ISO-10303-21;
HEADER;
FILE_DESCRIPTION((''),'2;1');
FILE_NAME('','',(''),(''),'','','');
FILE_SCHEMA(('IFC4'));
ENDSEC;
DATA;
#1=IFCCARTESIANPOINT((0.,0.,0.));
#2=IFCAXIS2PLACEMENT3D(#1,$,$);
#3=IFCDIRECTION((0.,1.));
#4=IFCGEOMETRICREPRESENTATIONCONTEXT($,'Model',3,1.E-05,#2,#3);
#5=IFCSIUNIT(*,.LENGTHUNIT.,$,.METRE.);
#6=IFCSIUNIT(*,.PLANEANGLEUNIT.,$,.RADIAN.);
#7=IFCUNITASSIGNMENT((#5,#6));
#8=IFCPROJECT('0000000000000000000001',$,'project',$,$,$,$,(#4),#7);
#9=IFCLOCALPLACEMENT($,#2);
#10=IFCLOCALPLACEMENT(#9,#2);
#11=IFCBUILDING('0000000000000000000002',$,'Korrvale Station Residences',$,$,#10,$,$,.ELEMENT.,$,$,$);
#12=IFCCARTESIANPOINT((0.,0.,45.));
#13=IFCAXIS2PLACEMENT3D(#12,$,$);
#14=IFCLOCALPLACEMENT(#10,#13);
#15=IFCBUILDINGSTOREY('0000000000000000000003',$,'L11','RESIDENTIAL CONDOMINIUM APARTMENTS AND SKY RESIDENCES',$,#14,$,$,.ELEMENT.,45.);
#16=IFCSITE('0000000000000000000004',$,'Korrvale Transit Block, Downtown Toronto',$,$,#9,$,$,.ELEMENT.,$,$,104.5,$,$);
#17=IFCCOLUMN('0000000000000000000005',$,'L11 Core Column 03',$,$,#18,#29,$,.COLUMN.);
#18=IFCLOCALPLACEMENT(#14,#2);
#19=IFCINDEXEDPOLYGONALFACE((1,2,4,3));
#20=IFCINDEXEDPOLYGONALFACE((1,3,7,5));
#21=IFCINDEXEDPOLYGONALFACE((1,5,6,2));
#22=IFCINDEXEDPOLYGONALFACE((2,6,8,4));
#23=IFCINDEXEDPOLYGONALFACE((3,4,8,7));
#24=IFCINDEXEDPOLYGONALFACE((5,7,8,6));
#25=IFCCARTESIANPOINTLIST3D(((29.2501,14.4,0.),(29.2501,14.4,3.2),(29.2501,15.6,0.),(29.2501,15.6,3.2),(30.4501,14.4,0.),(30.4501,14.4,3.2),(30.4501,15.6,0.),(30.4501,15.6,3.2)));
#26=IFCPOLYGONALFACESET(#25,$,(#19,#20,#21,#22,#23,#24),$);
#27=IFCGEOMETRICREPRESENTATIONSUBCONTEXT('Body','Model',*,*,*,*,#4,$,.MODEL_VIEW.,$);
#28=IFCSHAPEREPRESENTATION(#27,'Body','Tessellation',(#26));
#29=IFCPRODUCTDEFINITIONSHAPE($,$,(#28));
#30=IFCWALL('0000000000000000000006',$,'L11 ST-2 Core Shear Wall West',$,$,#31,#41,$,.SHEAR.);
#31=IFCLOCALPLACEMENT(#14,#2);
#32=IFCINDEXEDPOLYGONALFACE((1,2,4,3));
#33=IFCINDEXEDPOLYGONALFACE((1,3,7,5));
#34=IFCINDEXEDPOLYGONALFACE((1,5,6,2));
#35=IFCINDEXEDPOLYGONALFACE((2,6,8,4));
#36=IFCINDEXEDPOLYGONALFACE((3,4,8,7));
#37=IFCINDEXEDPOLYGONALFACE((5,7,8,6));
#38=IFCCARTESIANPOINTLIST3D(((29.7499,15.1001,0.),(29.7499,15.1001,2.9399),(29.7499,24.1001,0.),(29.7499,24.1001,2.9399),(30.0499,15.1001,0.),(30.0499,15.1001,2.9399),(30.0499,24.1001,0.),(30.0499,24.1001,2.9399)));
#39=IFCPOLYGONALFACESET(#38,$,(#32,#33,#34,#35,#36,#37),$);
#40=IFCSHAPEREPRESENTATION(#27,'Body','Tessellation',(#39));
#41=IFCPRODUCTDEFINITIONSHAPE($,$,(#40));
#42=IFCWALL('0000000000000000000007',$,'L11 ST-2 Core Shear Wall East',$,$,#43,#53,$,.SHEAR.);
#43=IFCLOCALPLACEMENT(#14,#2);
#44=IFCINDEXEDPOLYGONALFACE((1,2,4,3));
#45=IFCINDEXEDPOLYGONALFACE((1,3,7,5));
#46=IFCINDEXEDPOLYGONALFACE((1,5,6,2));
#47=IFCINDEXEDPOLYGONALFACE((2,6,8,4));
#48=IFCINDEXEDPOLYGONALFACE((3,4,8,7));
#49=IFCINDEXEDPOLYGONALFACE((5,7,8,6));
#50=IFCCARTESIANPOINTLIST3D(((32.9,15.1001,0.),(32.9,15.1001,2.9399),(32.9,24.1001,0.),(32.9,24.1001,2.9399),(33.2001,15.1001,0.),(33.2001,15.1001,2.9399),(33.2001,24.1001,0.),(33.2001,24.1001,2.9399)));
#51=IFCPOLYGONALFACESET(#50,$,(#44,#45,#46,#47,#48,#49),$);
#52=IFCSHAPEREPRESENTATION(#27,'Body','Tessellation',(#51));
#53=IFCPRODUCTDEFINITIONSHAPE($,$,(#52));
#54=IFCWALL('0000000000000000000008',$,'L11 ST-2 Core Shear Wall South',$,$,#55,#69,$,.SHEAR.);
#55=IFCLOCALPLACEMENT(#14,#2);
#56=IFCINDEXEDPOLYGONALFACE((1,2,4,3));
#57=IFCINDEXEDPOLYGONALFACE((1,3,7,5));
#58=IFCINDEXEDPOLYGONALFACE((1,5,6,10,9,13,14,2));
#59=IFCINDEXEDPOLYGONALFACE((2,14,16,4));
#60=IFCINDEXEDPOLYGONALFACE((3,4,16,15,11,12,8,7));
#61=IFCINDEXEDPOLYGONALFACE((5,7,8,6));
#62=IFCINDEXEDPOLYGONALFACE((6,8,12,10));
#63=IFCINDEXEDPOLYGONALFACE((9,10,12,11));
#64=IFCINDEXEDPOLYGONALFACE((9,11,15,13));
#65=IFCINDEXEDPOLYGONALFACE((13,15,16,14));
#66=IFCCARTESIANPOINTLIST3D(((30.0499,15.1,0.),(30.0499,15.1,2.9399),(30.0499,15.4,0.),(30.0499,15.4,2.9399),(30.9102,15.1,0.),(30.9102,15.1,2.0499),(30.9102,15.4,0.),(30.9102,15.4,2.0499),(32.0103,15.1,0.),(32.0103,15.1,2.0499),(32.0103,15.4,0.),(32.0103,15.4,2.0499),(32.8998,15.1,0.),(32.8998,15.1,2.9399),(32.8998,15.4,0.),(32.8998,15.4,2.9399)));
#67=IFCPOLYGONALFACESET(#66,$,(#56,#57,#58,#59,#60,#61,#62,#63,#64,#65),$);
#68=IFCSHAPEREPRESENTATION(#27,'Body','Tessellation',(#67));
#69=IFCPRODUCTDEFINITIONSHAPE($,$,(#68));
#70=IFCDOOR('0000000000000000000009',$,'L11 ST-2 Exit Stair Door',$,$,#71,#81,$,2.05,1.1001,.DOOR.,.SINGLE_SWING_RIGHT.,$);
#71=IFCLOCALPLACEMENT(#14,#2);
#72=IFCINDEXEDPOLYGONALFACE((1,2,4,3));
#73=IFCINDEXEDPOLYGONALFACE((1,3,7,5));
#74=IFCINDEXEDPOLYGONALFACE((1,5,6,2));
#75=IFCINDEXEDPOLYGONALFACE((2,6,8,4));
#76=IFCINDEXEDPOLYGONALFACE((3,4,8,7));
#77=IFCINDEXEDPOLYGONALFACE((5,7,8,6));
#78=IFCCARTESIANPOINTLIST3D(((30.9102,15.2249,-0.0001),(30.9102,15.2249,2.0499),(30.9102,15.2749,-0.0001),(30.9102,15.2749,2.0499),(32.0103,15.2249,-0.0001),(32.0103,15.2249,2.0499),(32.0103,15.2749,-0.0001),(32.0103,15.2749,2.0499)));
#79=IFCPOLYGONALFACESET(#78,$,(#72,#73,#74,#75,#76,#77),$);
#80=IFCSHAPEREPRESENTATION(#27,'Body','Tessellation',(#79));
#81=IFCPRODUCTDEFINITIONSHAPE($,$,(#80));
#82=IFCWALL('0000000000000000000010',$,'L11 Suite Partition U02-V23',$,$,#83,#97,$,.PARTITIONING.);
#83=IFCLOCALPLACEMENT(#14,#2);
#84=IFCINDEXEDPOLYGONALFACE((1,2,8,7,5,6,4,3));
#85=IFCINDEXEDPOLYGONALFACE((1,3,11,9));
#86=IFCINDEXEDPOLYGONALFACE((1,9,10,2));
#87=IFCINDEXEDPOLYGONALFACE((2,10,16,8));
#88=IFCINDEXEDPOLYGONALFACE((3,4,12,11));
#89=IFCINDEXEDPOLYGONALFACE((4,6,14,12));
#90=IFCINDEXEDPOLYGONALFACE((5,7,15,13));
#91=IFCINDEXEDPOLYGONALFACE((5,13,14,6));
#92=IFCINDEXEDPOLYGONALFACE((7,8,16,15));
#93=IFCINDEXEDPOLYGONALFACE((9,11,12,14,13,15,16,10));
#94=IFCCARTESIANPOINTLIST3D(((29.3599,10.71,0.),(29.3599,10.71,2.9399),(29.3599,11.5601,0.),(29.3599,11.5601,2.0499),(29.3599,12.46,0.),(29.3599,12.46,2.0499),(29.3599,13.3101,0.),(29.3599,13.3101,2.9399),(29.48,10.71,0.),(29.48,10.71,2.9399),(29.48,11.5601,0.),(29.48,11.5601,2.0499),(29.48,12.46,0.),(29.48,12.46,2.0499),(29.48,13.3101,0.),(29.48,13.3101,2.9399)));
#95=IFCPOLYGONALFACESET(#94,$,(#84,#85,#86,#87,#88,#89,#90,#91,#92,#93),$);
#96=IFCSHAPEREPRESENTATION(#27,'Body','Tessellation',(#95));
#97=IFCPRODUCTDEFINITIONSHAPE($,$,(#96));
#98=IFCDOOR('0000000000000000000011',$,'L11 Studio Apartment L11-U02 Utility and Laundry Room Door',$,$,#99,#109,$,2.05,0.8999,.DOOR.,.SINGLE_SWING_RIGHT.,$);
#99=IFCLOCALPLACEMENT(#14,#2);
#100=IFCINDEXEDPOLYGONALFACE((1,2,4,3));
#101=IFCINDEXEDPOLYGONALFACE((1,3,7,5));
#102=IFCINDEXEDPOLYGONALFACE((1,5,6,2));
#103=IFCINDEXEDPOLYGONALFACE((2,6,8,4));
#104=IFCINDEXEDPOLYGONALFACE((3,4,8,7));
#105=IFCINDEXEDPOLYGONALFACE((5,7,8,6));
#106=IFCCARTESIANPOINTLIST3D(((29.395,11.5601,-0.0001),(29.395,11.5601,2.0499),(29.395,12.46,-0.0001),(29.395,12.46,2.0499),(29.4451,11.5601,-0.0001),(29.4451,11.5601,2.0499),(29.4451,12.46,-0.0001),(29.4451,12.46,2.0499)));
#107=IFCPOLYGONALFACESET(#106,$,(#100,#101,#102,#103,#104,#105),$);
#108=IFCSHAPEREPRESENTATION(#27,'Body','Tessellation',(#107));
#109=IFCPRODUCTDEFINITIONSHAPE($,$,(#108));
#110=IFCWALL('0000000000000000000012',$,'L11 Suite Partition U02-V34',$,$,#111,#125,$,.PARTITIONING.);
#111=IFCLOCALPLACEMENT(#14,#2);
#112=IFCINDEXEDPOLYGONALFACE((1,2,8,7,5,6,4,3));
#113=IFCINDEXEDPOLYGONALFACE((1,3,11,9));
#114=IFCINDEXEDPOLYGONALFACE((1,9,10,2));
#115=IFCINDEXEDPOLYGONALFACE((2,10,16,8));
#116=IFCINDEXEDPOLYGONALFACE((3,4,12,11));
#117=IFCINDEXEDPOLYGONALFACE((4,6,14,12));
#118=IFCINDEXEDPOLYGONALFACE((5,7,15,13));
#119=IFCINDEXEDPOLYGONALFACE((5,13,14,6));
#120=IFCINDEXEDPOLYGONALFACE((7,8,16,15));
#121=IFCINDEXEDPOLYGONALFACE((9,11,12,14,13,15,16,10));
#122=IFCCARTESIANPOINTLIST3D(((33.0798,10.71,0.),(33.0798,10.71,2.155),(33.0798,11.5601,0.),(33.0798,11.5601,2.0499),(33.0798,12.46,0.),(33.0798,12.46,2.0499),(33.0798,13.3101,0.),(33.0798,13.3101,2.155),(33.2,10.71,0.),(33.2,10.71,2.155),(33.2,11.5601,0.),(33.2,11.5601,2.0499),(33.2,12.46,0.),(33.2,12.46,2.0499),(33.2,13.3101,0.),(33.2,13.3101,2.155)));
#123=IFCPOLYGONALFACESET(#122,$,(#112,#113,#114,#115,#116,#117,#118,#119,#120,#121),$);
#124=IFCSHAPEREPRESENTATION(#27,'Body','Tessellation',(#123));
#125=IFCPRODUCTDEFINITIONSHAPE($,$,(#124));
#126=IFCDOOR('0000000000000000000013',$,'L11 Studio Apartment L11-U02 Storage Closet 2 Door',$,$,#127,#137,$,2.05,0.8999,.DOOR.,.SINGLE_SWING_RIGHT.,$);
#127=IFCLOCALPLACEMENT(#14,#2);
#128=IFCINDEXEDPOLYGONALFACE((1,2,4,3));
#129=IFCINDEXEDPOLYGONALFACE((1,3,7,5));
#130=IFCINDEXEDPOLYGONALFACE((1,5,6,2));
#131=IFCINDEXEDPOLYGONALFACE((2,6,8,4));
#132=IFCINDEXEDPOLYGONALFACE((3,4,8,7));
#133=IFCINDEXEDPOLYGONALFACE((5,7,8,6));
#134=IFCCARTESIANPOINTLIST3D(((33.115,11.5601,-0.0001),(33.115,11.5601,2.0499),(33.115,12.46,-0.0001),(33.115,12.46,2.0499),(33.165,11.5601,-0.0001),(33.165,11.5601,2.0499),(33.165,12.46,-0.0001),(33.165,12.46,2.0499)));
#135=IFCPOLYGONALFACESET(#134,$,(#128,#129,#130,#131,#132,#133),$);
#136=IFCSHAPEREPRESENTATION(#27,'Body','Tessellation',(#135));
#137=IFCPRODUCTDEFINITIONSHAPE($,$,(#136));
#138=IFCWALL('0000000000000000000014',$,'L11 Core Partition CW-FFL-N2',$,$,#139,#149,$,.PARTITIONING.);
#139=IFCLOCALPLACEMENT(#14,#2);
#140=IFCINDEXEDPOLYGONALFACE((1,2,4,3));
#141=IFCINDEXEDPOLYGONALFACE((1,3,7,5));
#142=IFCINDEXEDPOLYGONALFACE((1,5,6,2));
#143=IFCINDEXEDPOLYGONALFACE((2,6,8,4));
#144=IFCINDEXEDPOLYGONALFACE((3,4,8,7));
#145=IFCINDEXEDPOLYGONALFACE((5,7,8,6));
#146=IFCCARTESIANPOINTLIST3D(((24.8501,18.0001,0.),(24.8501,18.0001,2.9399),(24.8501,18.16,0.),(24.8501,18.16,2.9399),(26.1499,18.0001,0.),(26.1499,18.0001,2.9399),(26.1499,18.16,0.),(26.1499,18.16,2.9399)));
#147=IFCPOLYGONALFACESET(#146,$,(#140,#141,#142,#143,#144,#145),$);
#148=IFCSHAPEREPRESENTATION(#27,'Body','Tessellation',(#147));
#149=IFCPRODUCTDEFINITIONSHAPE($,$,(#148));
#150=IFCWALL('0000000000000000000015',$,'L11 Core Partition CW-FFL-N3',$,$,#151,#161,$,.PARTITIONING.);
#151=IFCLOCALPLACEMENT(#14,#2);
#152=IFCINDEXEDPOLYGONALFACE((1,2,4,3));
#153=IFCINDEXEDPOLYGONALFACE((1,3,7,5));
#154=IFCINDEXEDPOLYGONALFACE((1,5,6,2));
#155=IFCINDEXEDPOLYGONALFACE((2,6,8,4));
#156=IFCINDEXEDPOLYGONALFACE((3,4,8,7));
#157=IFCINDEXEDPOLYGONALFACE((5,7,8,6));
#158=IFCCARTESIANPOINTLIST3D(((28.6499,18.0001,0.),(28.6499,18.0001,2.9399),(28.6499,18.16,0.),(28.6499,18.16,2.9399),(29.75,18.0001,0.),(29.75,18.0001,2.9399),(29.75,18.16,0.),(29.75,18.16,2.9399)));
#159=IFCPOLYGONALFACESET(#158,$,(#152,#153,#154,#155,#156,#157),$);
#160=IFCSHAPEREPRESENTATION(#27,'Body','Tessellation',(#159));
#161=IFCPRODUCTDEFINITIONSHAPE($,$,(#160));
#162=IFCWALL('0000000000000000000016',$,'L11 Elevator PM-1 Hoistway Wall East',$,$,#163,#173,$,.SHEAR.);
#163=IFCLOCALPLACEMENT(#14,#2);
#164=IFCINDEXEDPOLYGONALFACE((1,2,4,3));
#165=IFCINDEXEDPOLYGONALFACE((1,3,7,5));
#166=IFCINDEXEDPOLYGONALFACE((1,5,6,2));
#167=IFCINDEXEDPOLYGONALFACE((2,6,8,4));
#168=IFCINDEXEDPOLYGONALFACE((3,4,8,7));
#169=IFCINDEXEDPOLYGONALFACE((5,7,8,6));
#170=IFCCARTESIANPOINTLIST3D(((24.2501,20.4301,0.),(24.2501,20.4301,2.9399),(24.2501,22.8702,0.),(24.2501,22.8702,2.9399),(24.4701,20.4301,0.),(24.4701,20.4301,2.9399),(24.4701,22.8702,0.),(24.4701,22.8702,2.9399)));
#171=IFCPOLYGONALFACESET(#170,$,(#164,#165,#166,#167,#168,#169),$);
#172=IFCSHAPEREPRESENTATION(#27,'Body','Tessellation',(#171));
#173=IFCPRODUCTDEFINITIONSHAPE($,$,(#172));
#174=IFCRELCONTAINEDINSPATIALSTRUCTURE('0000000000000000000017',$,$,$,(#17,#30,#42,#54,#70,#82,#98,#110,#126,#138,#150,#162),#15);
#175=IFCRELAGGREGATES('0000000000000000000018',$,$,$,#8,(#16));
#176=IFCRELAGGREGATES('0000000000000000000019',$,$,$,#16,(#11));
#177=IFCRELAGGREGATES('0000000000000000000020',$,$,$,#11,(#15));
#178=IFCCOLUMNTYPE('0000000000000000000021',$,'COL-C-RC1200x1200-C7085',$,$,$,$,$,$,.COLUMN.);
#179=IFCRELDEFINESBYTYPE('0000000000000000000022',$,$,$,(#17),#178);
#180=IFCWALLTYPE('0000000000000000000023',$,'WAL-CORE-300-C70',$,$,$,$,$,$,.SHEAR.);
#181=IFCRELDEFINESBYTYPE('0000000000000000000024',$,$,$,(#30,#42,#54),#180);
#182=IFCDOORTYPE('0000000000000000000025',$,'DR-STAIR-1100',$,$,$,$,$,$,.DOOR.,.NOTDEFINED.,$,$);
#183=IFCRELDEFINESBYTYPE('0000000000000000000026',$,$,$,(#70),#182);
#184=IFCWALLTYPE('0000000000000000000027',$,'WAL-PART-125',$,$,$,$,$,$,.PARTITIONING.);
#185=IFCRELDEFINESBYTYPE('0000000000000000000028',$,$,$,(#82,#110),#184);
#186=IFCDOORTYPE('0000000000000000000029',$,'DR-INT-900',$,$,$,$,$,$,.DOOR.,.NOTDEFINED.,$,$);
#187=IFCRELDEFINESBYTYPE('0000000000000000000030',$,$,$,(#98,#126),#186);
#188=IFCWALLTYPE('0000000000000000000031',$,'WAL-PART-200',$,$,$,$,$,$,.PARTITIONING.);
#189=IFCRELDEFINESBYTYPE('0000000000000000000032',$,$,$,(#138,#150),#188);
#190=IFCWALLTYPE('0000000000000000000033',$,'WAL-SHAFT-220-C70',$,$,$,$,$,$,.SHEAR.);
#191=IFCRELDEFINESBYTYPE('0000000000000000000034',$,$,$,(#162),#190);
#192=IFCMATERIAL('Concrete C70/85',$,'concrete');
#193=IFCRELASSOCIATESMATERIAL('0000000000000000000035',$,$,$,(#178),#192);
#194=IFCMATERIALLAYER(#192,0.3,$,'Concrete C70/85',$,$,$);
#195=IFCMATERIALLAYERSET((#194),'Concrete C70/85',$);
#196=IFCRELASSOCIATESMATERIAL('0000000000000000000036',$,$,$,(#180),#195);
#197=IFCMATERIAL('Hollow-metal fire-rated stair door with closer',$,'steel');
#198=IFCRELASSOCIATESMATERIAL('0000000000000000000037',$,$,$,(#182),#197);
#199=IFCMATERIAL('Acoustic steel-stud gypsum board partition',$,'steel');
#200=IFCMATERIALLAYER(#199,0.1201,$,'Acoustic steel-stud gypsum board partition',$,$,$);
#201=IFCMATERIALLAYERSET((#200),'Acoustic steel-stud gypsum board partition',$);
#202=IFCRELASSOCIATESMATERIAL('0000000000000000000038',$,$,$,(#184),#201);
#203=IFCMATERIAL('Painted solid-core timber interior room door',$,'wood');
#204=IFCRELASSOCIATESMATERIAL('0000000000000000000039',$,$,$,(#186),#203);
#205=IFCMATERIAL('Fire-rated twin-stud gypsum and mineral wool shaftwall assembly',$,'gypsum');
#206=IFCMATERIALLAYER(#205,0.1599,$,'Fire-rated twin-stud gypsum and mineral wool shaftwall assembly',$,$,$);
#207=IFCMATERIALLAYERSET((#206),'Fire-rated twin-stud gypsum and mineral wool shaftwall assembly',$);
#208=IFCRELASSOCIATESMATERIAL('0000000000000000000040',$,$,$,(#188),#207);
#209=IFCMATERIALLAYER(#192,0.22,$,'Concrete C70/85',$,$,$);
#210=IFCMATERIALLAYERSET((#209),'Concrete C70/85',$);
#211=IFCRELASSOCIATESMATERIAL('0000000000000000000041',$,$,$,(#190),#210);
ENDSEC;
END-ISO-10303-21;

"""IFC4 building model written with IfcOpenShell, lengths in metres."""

from ifc_helpers import new_model, si_unit, direction, frame, frame_2d, origin, origin_2d, place, context, subcontext, project, spatial, rectangle, extrude, material, layer, layer_set, material_profile, profile_set, type_object, element, fill, save


model = new_model("IFC4")

# Units and contexts
model_context = context("Model", 3, precision=1e-05, world=origin(), true_north=direction((0.0, 1.0)))
body_context = subcontext(model_context, "Body", "Model", "MODEL_VIEW")
ifc_project = project(units=[si_unit("LENGTHUNIT", "METRE"), si_unit("PLANEANGLEUNIT", "RADIAN")], contexts=[model_context])

# Site, building, storey
site_placement = place(None, origin())
site = spatial("IfcSite", under=ifc_project, at=site_placement, Name="Korrvale Transit Block, Downtown Toronto", CompositionType="ELEMENT", RefElevation=104.5)
building_placement = place(site_placement, origin())
building = spatial("IfcBuilding", under=site, at=building_placement, Name="Korrvale Station Residences", CompositionType="ELEMENT")
storey_placement = place(building_placement, frame((0.0, 0.0, 45.0)))
storey = spatial("IfcBuildingStorey", under=building, at=storey_placement, Name="L11", Description="RESIDENTIAL CONDOMINIUM APARTMENTS AND SKY RESIDENCES", CompositionType="ELEMENT", Elevation=45.0)

# Column
ifc_material_1 = material(Name="Concrete C70/85", Category="concrete")
ifc_material_profile = material_profile(ifc_material_1, rectangle(XDim=1.2, YDim=1.2, at=origin_2d()), Name="RC1200x1200")
ifc_profile_set = profile_set([ifc_material_profile], Name="Concrete C70/85")
column_type = type_object("IfcColumnType", Name="COL-C-RC1200x1200-C7085", PredefinedType="COLUMN", material=ifc_profile_set)
column_placement = place(storey_placement, frame((29.8501, 15.0, 0.0), z_axis=(0.0, 0.0, 1.0), x_axis=(1.0, 0.0, 0.0)))
element("IfcColumn", 1, at=column_placement, inside=storey, type_object=column_type, Name="L11 Core Column 03", PredefinedType="COLUMN", context=body_context, shape_type="SweptSolid", body=[
    extrude(rectangle(XDim=1.2, YDim=1.2, at=origin_2d()), origin(), (0.0, 0.0, 1.0), 3.2),
])

# Walls
ifc_layer_1 = layer(ifc_material_1, 0.3, Name="Concrete C70/85")
ifc_layer_set_1 = layer_set([ifc_layer_1], Name="Concrete C70/85")
wall_type_1 = type_object("IfcWallType", Name="WAL-CORE-300-C70", PredefinedType="SHEAR", material=ifc_layer_set_1)
for number, where, z_axis, x_axis, name in (
    (2, (29.8999, 15.1001, 0.0), (0.0, 0.0, 1.0), (0.0, 1.0, 0.0), "L11 ST-2 Core Shear Wall West"),
    (3, (33.05, 15.1001, 0.0), (0.0, 0.0, 1.0), (0.0, 1.0, 0.0), "L11 ST-2 Core Shear Wall East"),
):
    element("IfcWall", number, at=place(storey_placement, frame(where, z_axis=z_axis, x_axis=x_axis)), inside=storey, type_object=wall_type_1, Name=name, PredefinedType="SHEAR", context=body_context, shape_type="SweptSolid", body=[
        extrude(rectangle(XDim=9.0, YDim=0.3, at=frame_2d((4.5, 0.0))), origin(), (0.0, 0.0, 1.0), 2.9399),
    ])

# Walls, openings, doors
wall_1_placement = place(storey_placement, frame((30.05, 15.25, 0.0), z_axis=(0.0, 0.0, 1.0), x_axis=(1.0, 0.0, 0.0)))
wall_1 = element("IfcWall", 4, at=wall_1_placement, inside=storey, type_object=wall_type_1, Name="L11 ST-2 Core Shear Wall South", PredefinedType="SHEAR", context=body_context, shape_type="SweptSolid", body=[
    extrude(rectangle(XDim=2.8499, YDim=0.3, at=frame_2d((1.4248, 0.0))), origin(), (0.0, 0.0, 1.0), 2.9399),
])
opening_1_placement = place(wall_1_placement, frame((0.8601, 0.0, 0.0)))
opening_1 = element("IfcOpeningElement", 5, at=opening_1_placement, cuts=wall_1, PredefinedType="OPENING", context=body_context, shape_type="SweptSolid", body=[
    extrude(rectangle(XDim=1.1001, YDim=2.05, at=frame_2d((0.55, 1.0249))), frame((0.0, 0.1602, 0.0), z_axis=(0.0, -1.0, 0.0), x_axis=(1.0, 0.0, 0.0)), (0.0, 0.0, 1.0), 0.3201),
])
ifc_material_2 = material(Name="Hollow-metal fire-rated stair door with closer", Category="steel")
door_type_1 = type_object("IfcDoorType", Name="DR-STAIR-1100", OperationType="NOTDEFINED", PredefinedType="DOOR", material=ifc_material_2)
door_1_placement = place(opening_1_placement, origin())
door_1 = element("IfcDoor", 6, at=door_1_placement, inside=storey, type_object=door_type_1, Name="L11 ST-2 Exit Stair Door", OperationType="SINGLE_SWING_RIGHT", OverallHeight=2.05, OverallWidth=1.1001, PredefinedType="DOOR", context=body_context, shape_type="SweptSolid", body=[
    extrude(rectangle(XDim=1.1001, YDim=2.05, at=frame_2d((0.55, 1.0249))), frame((0.0, 0.0249, 0.0), z_axis=(0.0, -1.0, 0.0), x_axis=(1.0, 0.0, 0.0)), (0.0, 0.0, 1.0), 0.05),
])
fill(opening_1, door_1)
ifc_material_3 = material(Name="Acoustic steel-stud gypsum board partition", Category="steel")
ifc_layer_2 = layer(ifc_material_3, 0.1201, Name="Acoustic steel-stud gypsum board partition")
ifc_layer_set_2 = layer_set([ifc_layer_2], Name="Acoustic steel-stud gypsum board partition")
wall_type_2 = type_object("IfcWallType", Name="WAL-PART-125", PredefinedType="PARTITIONING", material=ifc_layer_set_2)
wall_2_placement = place(storey_placement, frame((29.4199, 10.71, 0.0), z_axis=(0.0, 0.0, 1.0), x_axis=(0.0, 1.0, 0.0)))
wall_2 = element("IfcWall", 7, at=wall_2_placement, inside=storey, type_object=wall_type_2, Name="L11 Suite Partition U02-V23", PredefinedType="PARTITIONING", context=body_context, shape_type="SweptSolid", body=[
    extrude(rectangle(XDim=2.6001, YDim=0.1201, at=frame_2d((1.3, 0.0))), origin(), (0.0, 0.0, 1.0), 2.9399),
])
opening_2_placement = place(wall_2_placement, frame((0.8501, 0.0, 0.0)))
opening_2 = element("IfcOpeningElement", 8, at=opening_2_placement, cuts=wall_2, PredefinedType="OPENING", context=body_context, shape_type="SweptSolid", body=[
    extrude(rectangle(XDim=0.8999, YDim=2.05, at=frame_2d((0.45, 1.0249))), frame((0.0, 0.0701, 0.0), z_axis=(0.0, -1.0, 0.0), x_axis=(1.0, 0.0, 0.0)), (0.0, 0.0, 1.0), 0.1401),
])
ifc_material_4 = material(Name="Painted solid-core timber interior room door", Category="wood")
door_type_2 = type_object("IfcDoorType", Name="DR-INT-900", OperationType="NOTDEFINED", PredefinedType="DOOR", material=ifc_material_4)
door_2_placement = place(opening_2_placement, origin())
door_2 = element("IfcDoor", 9, at=door_2_placement, inside=storey, type_object=door_type_2, Name="L11 Studio Apartment L11-U02 Utility and Laundry Room Door", OperationType="SINGLE_SWING_RIGHT", OverallHeight=2.05, OverallWidth=0.8999, PredefinedType="DOOR", context=body_context, shape_type="SweptSolid", body=[
    extrude(rectangle(XDim=0.8999, YDim=2.05, at=frame_2d((0.45, 1.0249))), frame((0.0, 0.0249, 0.0), z_axis=(0.0, -1.0, 0.0), x_axis=(1.0, 0.0, 0.0)), (0.0, 0.0, 1.0), 0.05),
])
fill(opening_2, door_2)
wall_3_placement = place(storey_placement, frame((33.1399, 10.71, 0.0), z_axis=(0.0, 0.0, 1.0), x_axis=(0.0, 1.0, 0.0)))
wall_3 = element("IfcWall", 10, at=wall_3_placement, inside=storey, type_object=wall_type_2, Name="L11 Suite Partition U02-V34", PredefinedType="PARTITIONING", context=body_context, shape_type="SweptSolid", body=[
    extrude(rectangle(XDim=2.6001, YDim=0.1201, at=frame_2d((1.3, 0.0))), origin(), (0.0, 0.0, 1.0), 2.155),
])
opening_3_placement = place(wall_3_placement, frame((0.8501, 0.0, 0.0)))
opening_3 = element("IfcOpeningElement", 11, at=opening_3_placement, cuts=wall_3, PredefinedType="OPENING", context=body_context, shape_type="SweptSolid", body=[
    extrude(rectangle(XDim=0.8999, YDim=2.05, at=frame_2d((0.45, 1.0249))), frame((0.0, 0.0701, 0.0), z_axis=(0.0, -1.0, 0.0), x_axis=(1.0, 0.0, 0.0)), (0.0, 0.0, 1.0), 0.1401),
])
door_3_placement = place(opening_3_placement, origin())
door_3 = element("IfcDoor", 12, at=door_3_placement, inside=storey, type_object=door_type_2, Name="L11 Studio Apartment L11-U02 Storage Closet 2 Door", OperationType="SINGLE_SWING_RIGHT", OverallHeight=2.05, OverallWidth=0.8999, PredefinedType="DOOR", context=body_context, shape_type="SweptSolid", body=[
    extrude(rectangle(XDim=0.8999, YDim=2.05, at=frame_2d((0.45, 1.0249))), frame((0.0, 0.0249, 0.0), z_axis=(0.0, -1.0, 0.0), x_axis=(1.0, 0.0, 0.0)), (0.0, 0.0, 1.0), 0.05),
])
fill(opening_3, door_3)

# Walls
ifc_material_5 = material(Name="Fire-rated twin-stud gypsum and mineral wool shaftwall assembly", Category="gypsum")
ifc_layer_3 = layer(ifc_material_5, 0.1599, Name="Fire-rated twin-stud gypsum and mineral wool shaftwall assembly")
ifc_layer_set_3 = layer_set([ifc_layer_3], Name="Fire-rated twin-stud gypsum and mineral wool shaftwall assembly")
wall_type_3 = type_object("IfcWallType", Name="WAL-PART-200", PredefinedType="PARTITIONING", material=ifc_layer_set_3)
wall_4_placement = place(storey_placement, frame((24.8501, 18.0801, 0.0), z_axis=(0.0, 0.0, 1.0), x_axis=(1.0, 0.0, 0.0)))
element("IfcWall", 13, at=wall_4_placement, inside=storey, type_object=wall_type_3, Name="L11 Core Partition CW-FFL-N2", PredefinedType="PARTITIONING", context=body_context, shape_type="SweptSolid", body=[
    extrude(rectangle(XDim=1.2998, YDim=0.1599, at=frame_2d((0.6499, 0.0))), origin(), (0.0, 0.0, 1.0), 2.9399),
])
wall_5_placement = place(storey_placement, frame((28.6499, 18.0801, 0.0), z_axis=(0.0, 0.0, 1.0), x_axis=(1.0, 0.0, 0.0)))
element("IfcWall", 14, at=wall_5_placement, inside=storey, type_object=wall_type_3, Name="L11 Core Partition CW-FFL-N3", PredefinedType="PARTITIONING", context=body_context, shape_type="SweptSolid", body=[
    extrude(rectangle(XDim=1.1001, YDim=0.1599, at=frame_2d((0.55, 0.0))), origin(), (0.0, 0.0, 1.0), 2.9399),
])
ifc_layer_4 = layer(ifc_material_1, 0.22, Name="Concrete C70/85")
ifc_layer_set_4 = layer_set([ifc_layer_4], Name="Concrete C70/85")
wall_type_4 = type_object("IfcWallType", Name="WAL-SHAFT-220-C70", PredefinedType="SHEAR", material=ifc_layer_set_4)
for number, where, z_axis, x_axis, name in (
    (15, (24.3601, 20.4299, 0.0), (0.0, 0.0, 1.0), (0.0, 1.0, 0.0), "L11 Elevator PM-1 Hoistway Wall East"),
):
    element("IfcWall", number, at=place(storey_placement, frame(where, z_axis=z_axis, x_axis=x_axis)), inside=storey, type_object=wall_type_4, Name=name, PredefinedType="SHEAR", context=body_context, shape_type="SweptSolid", body=[
        extrude(rectangle(XDim=2.4402, YDim=0.22, at=frame_2d((1.2202, 0.0))), origin(), (0.0, 0.0, 1.0), 2.9399),
    ])

save(model, "model.ifc")
